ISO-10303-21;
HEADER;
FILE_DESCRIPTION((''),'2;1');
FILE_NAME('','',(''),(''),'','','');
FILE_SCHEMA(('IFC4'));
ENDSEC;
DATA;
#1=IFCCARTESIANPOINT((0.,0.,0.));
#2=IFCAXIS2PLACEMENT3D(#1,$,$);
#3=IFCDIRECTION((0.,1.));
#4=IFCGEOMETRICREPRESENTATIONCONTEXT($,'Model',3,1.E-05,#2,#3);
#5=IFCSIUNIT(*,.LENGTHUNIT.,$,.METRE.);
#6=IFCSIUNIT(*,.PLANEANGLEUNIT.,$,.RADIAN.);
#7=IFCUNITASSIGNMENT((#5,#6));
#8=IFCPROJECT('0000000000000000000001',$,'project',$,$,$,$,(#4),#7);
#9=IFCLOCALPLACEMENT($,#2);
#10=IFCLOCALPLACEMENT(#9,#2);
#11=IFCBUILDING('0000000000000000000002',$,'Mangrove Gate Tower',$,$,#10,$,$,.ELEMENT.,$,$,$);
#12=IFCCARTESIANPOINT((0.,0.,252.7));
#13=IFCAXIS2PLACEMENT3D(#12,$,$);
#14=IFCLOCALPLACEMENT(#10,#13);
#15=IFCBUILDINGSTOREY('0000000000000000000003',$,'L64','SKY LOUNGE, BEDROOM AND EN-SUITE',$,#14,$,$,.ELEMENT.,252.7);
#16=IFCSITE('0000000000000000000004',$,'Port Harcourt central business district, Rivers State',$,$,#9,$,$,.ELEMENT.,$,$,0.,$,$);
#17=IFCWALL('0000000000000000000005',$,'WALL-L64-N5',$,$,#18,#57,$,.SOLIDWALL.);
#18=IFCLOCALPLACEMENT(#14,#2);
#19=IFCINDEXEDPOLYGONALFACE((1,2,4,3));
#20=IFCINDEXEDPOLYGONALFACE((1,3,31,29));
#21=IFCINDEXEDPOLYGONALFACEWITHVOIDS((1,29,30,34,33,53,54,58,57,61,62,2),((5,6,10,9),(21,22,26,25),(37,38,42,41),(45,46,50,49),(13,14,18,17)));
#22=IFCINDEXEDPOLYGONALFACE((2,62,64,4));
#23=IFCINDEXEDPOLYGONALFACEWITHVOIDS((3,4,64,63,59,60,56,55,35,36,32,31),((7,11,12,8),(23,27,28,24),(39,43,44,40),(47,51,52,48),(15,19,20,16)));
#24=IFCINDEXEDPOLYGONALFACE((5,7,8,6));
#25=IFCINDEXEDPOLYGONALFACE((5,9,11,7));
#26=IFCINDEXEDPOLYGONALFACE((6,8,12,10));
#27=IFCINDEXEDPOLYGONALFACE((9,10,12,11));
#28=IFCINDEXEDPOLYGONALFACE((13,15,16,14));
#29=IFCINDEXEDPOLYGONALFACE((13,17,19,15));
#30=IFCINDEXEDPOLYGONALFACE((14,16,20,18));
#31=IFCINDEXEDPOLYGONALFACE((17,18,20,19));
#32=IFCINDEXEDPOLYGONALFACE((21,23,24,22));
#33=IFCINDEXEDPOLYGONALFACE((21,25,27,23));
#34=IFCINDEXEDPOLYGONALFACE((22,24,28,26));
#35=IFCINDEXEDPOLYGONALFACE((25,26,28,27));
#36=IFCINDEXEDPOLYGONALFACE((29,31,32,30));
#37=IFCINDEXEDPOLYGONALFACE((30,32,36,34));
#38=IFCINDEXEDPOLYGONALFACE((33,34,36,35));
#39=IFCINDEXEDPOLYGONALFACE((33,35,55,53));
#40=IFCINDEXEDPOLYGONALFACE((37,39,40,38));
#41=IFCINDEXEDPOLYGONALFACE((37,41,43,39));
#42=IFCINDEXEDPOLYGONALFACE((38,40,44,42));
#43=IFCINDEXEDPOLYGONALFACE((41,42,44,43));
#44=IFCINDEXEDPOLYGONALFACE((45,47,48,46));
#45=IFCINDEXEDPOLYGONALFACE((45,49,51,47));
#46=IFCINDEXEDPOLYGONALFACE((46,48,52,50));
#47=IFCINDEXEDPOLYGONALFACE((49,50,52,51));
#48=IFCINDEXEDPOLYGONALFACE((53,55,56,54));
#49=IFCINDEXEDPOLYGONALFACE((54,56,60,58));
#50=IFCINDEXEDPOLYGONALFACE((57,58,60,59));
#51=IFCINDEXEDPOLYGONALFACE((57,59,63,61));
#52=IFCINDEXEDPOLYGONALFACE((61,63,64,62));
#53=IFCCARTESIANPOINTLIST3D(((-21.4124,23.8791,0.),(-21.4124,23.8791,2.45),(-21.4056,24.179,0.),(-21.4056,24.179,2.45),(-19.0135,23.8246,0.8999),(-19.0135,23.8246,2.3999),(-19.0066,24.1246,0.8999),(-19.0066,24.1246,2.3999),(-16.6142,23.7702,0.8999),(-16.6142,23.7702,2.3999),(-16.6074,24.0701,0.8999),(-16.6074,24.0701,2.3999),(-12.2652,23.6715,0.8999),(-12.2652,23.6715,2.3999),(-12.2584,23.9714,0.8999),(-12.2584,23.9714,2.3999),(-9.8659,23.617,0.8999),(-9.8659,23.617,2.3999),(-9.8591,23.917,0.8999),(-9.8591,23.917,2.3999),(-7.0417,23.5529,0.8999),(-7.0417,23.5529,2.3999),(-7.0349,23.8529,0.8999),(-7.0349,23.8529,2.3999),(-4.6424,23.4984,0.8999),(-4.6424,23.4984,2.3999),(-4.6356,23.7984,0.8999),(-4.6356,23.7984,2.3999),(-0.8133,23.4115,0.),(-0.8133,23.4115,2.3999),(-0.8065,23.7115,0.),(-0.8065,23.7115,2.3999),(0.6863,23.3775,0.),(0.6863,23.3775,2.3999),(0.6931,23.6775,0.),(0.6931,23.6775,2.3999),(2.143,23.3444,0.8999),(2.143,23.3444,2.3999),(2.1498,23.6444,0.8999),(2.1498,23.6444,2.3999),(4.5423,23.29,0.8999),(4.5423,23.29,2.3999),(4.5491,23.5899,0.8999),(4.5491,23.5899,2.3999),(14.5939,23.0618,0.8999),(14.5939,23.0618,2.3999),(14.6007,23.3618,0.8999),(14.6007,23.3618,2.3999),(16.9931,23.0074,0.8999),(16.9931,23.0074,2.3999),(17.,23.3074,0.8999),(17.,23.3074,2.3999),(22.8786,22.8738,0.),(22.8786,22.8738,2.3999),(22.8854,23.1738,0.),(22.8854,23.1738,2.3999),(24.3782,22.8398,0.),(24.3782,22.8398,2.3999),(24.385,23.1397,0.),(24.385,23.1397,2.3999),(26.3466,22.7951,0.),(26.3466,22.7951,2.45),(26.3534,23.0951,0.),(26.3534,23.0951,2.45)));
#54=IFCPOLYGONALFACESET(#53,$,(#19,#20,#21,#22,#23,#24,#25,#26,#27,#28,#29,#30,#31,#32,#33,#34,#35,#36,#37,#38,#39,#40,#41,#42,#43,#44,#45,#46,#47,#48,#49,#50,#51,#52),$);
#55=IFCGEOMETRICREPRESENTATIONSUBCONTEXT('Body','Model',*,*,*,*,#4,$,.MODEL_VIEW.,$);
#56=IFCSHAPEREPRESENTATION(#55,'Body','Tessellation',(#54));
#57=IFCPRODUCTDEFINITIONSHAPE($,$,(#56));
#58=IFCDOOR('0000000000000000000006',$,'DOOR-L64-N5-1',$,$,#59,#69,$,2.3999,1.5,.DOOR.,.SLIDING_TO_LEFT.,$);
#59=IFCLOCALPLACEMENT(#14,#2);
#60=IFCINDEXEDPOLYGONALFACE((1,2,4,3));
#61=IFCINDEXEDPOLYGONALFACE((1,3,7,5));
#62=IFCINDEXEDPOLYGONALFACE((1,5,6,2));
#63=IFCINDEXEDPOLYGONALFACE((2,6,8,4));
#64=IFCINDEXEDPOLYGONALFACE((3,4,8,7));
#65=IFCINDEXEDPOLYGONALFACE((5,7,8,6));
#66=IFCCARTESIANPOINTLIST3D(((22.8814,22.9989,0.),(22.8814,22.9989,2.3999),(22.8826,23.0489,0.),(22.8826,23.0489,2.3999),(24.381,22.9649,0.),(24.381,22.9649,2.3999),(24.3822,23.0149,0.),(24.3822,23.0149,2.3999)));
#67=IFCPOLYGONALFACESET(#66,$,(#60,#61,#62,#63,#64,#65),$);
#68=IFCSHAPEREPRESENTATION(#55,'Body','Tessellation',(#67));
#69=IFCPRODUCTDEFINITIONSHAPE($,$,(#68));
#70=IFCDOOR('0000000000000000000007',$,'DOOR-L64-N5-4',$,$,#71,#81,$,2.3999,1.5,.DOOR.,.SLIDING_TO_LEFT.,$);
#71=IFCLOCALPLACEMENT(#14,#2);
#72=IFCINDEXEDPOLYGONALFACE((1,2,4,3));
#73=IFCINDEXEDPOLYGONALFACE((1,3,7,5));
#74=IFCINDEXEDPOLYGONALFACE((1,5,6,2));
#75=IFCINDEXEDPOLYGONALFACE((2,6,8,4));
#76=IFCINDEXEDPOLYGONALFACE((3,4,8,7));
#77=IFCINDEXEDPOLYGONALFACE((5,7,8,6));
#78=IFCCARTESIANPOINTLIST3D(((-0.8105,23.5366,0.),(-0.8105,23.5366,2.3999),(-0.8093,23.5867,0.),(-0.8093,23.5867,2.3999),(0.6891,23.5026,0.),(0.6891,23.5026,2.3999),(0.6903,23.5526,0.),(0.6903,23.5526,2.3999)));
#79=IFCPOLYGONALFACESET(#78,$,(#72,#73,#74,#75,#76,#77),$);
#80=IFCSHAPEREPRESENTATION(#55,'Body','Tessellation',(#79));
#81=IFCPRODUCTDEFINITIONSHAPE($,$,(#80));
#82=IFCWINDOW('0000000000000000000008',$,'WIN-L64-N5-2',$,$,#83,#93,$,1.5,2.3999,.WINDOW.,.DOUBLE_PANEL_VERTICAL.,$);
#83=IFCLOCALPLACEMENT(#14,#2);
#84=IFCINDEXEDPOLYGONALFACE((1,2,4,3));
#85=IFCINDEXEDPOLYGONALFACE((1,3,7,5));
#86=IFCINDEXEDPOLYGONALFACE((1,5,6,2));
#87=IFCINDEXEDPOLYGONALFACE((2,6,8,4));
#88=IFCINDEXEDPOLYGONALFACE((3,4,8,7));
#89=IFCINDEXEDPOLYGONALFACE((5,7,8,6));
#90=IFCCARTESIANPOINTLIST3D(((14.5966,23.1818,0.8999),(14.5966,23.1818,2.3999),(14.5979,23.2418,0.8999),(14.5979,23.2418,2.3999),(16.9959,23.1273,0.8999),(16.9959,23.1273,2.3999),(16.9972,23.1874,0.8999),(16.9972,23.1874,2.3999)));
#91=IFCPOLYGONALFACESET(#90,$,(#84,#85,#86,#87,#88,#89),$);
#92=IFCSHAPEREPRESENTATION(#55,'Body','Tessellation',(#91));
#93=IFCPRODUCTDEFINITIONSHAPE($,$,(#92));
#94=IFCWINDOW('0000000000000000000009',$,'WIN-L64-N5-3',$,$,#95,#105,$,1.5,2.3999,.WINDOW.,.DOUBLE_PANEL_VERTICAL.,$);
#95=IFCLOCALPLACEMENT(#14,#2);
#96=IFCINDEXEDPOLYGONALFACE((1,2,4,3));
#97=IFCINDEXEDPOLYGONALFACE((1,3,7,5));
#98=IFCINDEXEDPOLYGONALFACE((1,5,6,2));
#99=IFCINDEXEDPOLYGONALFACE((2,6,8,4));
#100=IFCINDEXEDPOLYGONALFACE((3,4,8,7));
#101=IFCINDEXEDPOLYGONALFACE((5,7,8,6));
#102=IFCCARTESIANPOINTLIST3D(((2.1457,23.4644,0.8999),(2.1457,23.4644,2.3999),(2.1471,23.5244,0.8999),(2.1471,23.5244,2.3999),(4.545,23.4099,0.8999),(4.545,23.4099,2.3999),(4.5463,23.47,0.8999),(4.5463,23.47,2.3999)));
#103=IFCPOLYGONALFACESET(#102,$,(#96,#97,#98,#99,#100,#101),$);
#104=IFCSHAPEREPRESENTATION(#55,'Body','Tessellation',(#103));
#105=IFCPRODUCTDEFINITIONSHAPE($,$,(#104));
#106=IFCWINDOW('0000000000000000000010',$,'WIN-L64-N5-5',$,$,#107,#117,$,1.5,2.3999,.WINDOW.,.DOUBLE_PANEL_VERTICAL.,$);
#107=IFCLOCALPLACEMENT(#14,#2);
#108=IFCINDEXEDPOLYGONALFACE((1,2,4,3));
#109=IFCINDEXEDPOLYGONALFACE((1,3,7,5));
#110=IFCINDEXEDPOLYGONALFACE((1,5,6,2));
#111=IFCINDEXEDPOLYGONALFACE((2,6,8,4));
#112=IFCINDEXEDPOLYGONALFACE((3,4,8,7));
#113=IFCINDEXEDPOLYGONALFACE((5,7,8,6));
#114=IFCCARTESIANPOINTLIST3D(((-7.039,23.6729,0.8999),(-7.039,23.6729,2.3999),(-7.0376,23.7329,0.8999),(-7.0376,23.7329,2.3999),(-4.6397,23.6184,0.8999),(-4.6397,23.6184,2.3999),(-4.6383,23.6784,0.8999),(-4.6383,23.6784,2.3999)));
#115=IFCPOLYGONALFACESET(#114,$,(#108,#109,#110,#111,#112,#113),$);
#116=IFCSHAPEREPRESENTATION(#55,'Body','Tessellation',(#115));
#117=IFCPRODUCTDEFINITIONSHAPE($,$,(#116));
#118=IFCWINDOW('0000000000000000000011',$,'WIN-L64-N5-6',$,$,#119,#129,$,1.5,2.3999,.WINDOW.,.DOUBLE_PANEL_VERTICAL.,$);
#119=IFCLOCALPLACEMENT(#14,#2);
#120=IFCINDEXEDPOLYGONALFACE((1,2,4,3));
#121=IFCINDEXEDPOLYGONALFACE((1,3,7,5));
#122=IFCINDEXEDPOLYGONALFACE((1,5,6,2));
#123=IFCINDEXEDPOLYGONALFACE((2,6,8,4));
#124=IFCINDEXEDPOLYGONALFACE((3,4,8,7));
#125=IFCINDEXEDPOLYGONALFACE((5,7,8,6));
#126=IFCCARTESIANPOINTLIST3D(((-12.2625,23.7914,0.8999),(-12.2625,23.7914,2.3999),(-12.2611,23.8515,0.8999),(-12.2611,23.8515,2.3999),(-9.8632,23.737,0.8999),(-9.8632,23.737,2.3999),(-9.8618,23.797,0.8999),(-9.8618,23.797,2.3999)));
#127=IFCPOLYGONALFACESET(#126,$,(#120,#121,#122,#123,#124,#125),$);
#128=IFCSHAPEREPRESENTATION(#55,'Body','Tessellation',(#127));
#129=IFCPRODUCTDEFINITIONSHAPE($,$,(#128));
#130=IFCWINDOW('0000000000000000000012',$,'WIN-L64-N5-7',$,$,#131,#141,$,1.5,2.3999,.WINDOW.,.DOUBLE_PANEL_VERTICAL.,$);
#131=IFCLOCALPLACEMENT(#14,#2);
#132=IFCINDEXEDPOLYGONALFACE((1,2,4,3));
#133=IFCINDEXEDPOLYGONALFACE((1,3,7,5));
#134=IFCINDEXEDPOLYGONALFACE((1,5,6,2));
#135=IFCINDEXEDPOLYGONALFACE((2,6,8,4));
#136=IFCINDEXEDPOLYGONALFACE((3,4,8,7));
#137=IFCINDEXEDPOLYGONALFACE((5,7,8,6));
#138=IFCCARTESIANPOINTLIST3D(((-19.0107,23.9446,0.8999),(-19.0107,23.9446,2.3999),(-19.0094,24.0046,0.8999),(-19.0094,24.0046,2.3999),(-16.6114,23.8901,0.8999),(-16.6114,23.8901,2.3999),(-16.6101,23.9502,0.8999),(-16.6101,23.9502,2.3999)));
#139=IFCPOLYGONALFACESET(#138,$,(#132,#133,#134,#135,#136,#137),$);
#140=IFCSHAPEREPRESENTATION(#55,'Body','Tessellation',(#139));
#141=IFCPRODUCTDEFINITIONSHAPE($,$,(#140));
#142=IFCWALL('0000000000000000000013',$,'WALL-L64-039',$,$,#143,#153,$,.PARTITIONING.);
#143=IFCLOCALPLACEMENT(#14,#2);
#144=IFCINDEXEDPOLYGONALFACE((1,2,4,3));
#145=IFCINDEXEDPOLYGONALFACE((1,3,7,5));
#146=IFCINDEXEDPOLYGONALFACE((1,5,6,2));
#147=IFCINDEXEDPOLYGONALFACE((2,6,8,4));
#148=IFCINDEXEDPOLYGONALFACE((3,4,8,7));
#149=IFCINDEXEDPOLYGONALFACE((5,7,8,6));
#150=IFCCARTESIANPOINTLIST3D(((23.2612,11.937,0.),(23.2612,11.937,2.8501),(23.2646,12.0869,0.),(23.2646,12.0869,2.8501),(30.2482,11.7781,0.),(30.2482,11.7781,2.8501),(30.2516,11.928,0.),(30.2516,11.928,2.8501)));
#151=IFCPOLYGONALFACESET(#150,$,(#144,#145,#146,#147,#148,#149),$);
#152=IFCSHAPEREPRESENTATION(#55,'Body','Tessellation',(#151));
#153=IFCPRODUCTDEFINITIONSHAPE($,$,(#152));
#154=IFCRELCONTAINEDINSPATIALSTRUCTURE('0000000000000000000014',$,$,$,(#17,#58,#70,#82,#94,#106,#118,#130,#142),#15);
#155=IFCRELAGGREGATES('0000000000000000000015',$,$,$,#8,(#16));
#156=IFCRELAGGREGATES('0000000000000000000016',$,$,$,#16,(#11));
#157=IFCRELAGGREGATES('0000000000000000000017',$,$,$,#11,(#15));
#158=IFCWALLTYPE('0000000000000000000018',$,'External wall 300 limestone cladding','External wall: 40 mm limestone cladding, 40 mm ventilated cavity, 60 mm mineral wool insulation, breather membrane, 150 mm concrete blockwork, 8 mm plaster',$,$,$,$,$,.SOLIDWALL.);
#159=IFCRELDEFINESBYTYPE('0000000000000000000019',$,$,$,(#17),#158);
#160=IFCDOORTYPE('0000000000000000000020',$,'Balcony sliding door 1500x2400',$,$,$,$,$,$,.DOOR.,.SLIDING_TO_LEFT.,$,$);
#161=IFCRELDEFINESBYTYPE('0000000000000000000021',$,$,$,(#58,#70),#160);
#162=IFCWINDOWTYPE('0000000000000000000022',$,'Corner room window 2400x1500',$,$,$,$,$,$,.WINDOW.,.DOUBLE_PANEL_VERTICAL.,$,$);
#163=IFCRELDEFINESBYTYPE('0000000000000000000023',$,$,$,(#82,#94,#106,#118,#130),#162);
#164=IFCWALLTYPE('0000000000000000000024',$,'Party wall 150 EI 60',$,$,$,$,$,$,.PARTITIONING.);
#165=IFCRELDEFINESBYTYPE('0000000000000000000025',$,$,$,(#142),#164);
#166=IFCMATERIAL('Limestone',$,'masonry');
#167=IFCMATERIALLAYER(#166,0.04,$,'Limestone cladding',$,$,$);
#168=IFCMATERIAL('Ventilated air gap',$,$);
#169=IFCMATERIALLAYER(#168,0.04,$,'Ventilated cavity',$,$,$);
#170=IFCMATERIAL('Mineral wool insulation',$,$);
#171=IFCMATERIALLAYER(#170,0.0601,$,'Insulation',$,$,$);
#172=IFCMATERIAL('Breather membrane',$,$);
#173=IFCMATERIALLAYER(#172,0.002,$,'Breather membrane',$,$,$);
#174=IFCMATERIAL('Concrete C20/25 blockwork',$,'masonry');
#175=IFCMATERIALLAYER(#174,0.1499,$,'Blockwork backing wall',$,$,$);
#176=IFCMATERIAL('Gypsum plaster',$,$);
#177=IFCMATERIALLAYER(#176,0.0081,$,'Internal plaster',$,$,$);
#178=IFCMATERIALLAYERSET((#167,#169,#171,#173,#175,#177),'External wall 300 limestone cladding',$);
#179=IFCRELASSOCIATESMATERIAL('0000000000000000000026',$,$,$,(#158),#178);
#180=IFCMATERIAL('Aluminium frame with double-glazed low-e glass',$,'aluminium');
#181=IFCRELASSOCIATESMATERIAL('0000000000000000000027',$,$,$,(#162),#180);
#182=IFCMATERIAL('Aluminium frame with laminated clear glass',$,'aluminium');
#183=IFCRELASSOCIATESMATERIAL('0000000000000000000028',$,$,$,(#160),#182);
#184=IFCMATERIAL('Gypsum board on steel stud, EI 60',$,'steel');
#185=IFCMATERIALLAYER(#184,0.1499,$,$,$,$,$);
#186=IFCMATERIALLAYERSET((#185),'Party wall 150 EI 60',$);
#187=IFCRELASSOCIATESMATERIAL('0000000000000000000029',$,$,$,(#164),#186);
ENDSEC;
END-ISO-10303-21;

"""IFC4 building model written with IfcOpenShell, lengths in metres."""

from ifc_helpers import new_model, si_unit, direction, frame, frame_2d, origin, place, context, subcontext, project, spatial, rectangle, extrude, material, layer, layer_set, type_object, element, fill, save


model = new_model("IFC4")

# Units and contexts
model_context = context("Model", 3, precision=1e-05, world=origin(), true_north=direction((0.0, 1.0)))
body_context = subcontext(model_context, "Body", "Model", "MODEL_VIEW")
ifc_project = project(units=[si_unit("LENGTHUNIT", "METRE"), si_unit("PLANEANGLEUNIT", "RADIAN")], contexts=[model_context])

# Site, building, storey
site_placement = place(None, origin())
site = spatial("IfcSite", under=ifc_project, at=site_placement, Name="Port Harcourt central business district, Rivers State", CompositionType="ELEMENT", RefElevation=0.0)
building_placement = place(site_placement, origin())
building = spatial("IfcBuilding", under=site, at=building_placement, Name="Mangrove Gate Tower", CompositionType="ELEMENT")
storey_placement = place(building_placement, frame((0.0, 0.0, 252.7)))
storey = spatial("IfcBuildingStorey", under=building, at=storey_placement, Name="L64", Description="SKY LOUNGE, BEDROOM AND EN-SUITE", CompositionType="ELEMENT", Elevation=252.7)

# Shared definitions
ifc_material_1 = material(Name="Limestone", Category="masonry")
ifc_layer_1 = layer(ifc_material_1, 0.04, Name="Limestone cladding")
ifc_material_2 = material(Name="Ventilated air gap")
ifc_layer_2 = layer(ifc_material_2, 0.04, Name="Ventilated cavity")
ifc_material_3 = material(Name="Mineral wool insulation")
ifc_layer_3 = layer(ifc_material_3, 0.0601, Name="Insulation")
ifc_material_4 = material(Name="Breather membrane")
ifc_layer_4 = layer(ifc_material_4, 0.002, Name="Breather membrane")
ifc_material_5 = material(Name="Concrete C20/25 blockwork", Category="masonry")
ifc_layer_5 = layer(ifc_material_5, 0.1499, Name="Blockwork backing wall")
ifc_material_6 = material(Name="Gypsum plaster")
ifc_layer_6 = layer(ifc_material_6, 0.0081, Name="Internal plaster")
ifc_layer_set_1 = layer_set([ifc_layer_1, ifc_layer_2, ifc_layer_3, ifc_layer_4, ifc_layer_5, ifc_layer_6], Name="External wall 300 limestone cladding")
wall_type_1 = type_object("IfcWallType", Name="External wall 300 limestone cladding", Description="External wall: 40 mm limestone cladding, 40 mm ventilated cavity, 60 mm mineral wool insulation, breather membrane, 150 mm concrete blockwork, 8 mm plaster", PredefinedType="SOLIDWALL", material=ifc_layer_set_1)
ifc_material_7 = material(Name="Aluminium frame with double-glazed low-e glass", Category="aluminium")
window_type = type_object("IfcWindowType", Name="Corner room window 2400x1500", PartitioningType="DOUBLE_PANEL_VERTICAL", PredefinedType="WINDOW", material=ifc_material_7)

# Wall, openings, doors, windows
wall_1_placement = place(storey_placement, frame((26.3501, 22.9451, 0.0), z_axis=(0.0, 0.0, 1.0), x_axis=(-0.999743, 0.022691, 0.0)))
wall_1 = element("IfcWall", 1, at=wall_1_placement, inside=storey, type_object=wall_type_1, Name="WALL-L64-N5", PredefinedType="SOLIDWALL", context=body_context, shape_type="SweptSolid", body=[
    extrude(rectangle(XDim=47.7712, YDim=0.3, at=frame_2d((23.8857, 0.0))), origin(), (0.0, 0.0, 1.0), 2.45),
])
opening_1_placement = place(wall_1_placement, frame((1.969, 0.0, 0.0)))
opening_1 = element("IfcOpeningElement", 2, at=opening_1_placement, cuts=wall_1, PredefinedType="OPENING", context=body_context, shape_type="SweptSolid", body=[
    extrude(rectangle(XDim=1.5, YDim=2.3999, at=frame_2d((0.75, 1.2))), frame((0.0, 0.1599, 0.0), z_axis=(0.0, -1.0, 0.0), x_axis=(1.0, 0.0, 0.0)), (0.0, 0.0, 1.0), 0.3201),
])
opening_2_placement = place(wall_1_placement, frame((9.356, 0.0, 0.8999)))
opening_2 = element("IfcOpeningElement", 3, at=opening_2_placement, cuts=wall_1, PredefinedType="OPENING", context=body_context, shape_type="SweptSolid", body=[
    extrude(rectangle(XDim=2.3999, YDim=1.5, at=frame_2d((1.2, 0.75))), frame((0.0, 0.1599, 0.0), z_axis=(0.0, -1.0, 0.0), x_axis=(1.0, 0.0, 0.0)), (0.0, 0.0, 1.0), 0.3201),
])
opening_3_placement = place(wall_1_placement, frame((21.8101, 0.0, 0.8999)))
opening_3 = element("IfcOpeningElement", 4, at=opening_3_placement, cuts=wall_1, PredefinedType="OPENING", context=body_context, shape_type="SweptSolid", body=[
    extrude(rectangle(XDim=2.3999, YDim=1.5, at=frame_2d((1.2, 0.75))), frame((0.0, 0.1599, 0.0), z_axis=(0.0, -1.0, 0.0), x_axis=(1.0, 0.0, 0.0)), (0.0, 0.0, 1.0), 0.3201),
])
opening_4_placement = place(wall_1_placement, frame((25.667, 0.0, 0.0)))
opening_4 = element("IfcOpeningElement", 5, at=opening_4_placement, cuts=wall_1, PredefinedType="OPENING", context=body_context, shape_type="SweptSolid", body=[
    extrude(rectangle(XDim=1.5, YDim=2.3999, at=frame_2d((0.75, 1.2))), frame((0.0, 0.1599, 0.0), z_axis=(0.0, -1.0, 0.0), x_axis=(1.0, 0.0, 0.0)), (0.0, 0.0, 1.0), 0.3201),
])
opening_5_placement = place(wall_1_placement, frame((30.9971, 0.0, 0.8999)))
opening_5 = element("IfcOpeningElement", 6, at=opening_5_placement, cuts=wall_1, PredefinedType="OPENING", context=body_context, shape_type="SweptSolid", body=[
    extrude(rectangle(XDim=2.3999, YDim=1.5, at=frame_2d((1.2, 0.75))), frame((0.0, 0.1599, 0.0), z_axis=(0.0, -1.0, 0.0), x_axis=(1.0, 0.0, 0.0)), (0.0, 0.0, 1.0), 0.3201),
])
opening_6_placement = place(wall_1_placement, frame((36.2219, 0.0, 0.8999)))
opening_6 = element("IfcOpeningElement", 7, at=opening_6_placement, cuts=wall_1, PredefinedType="OPENING", context=body_context, shape_type="SweptSolid", body=[
    extrude(rectangle(XDim=2.3999, YDim=1.5, at=frame_2d((1.2, 0.75))), frame((0.0, 0.1599, 0.0), z_axis=(0.0, -1.0, 0.0), x_axis=(1.0, 0.0, 0.0)), (0.0, 0.0, 1.0), 0.3201),
])
opening_7_placement = place(wall_1_placement, frame((42.9719, 0.0, 0.8999)))
opening_7 = element("IfcOpeningElement", 8, at=opening_7_placement, cuts=wall_1, PredefinedType="OPENING", context=body_context, shape_type="SweptSolid", body=[
    extrude(rectangle(XDim=2.3999, YDim=1.5, at=frame_2d((1.2, 0.75))), frame((0.0, 0.1599, 0.0), z_axis=(0.0, -1.0, 0.0), x_axis=(1.0, 0.0, 0.0)), (0.0, 0.0, 1.0), 0.3201),
])
ifc_material_8 = material(Name="Aluminium frame with laminated clear glass", Category="aluminium")
door_type = type_object("IfcDoorType", Name="Balcony sliding door 1500x2400", OperationType="SLIDING_TO_LEFT", PredefinedType="DOOR", material=ifc_material_8)
door_1_placement = place(opening_1_placement, origin())
door_1 = element("IfcDoor", 9, at=door_1_placement, inside=storey, type_object=door_type, Name="DOOR-L64-N5-1", OperationType="SLIDING_TO_LEFT", OverallHeight=2.3999, OverallWidth=1.5, PredefinedType="DOOR", context=body_context, shape_type="SweptSolid", body=[
    extrude(rectangle(XDim=1.5, YDim=2.3999, at=frame_2d((0.75, 1.2))), frame((0.0, 0.0249, 0.0), z_axis=(0.0, -1.0, 0.0), x_axis=(1.0, 0.0, 0.0)), (0.0, 0.0, 1.0), 0.05),
])
fill(opening_1, door_1)
door_2_placement = place(opening_4_placement, origin())
door_2 = element("IfcDoor", 10, at=door_2_placement, inside=storey, type_object=door_type, Name="DOOR-L64-N5-4", OperationType="SLIDING_TO_LEFT", OverallHeight=2.3999, OverallWidth=1.5, PredefinedType="DOOR", context=body_context, shape_type="SweptSolid", body=[
    extrude(rectangle(XDim=1.5, YDim=2.3999, at=frame_2d((0.75, 1.2))), frame((0.0, 0.0249, 0.0), z_axis=(0.0, -1.0, 0.0), x_axis=(1.0, 0.0, 0.0)), (0.0, 0.0, 1.0), 0.05),
])
fill(opening_4, door_2)
window_1_placement = place(opening_2_placement, origin())
window_1 = element("IfcWindow", 11, at=window_1_placement, inside=storey, type_object=window_type, Name="WIN-L64-N5-2", OverallHeight=1.5, OverallWidth=2.3999, PartitioningType="DOUBLE_PANEL_VERTICAL", PredefinedType="WINDOW", context=body_context, shape_type="SweptSolid", body=[
    extrude(rectangle(XDim=2.3999, YDim=1.5, at=frame_2d((1.2, 0.75))), frame((0.0, 0.03, 0.0), z_axis=(0.0, -1.0, 0.0), x_axis=(1.0, 0.0, 0.0)), (0.0, 0.0, 1.0), 0.0601),
])
fill(opening_2, window_1)
window_2_placement = place(opening_3_placement, origin())
window_2 = element("IfcWindow", 12, at=window_2_placement, inside=storey, type_object=window_type, Name="WIN-L64-N5-3", OverallHeight=1.5, OverallWidth=2.3999, PartitioningType="DOUBLE_PANEL_VERTICAL", PredefinedType="WINDOW", context=body_context, shape_type="SweptSolid", body=[
    extrude(rectangle(XDim=2.3999, YDim=1.5, at=frame_2d((1.2, 0.75))), frame((0.0, 0.03, 0.0), z_axis=(0.0, -1.0, 0.0), x_axis=(1.0, 0.0, 0.0)), (0.0, 0.0, 1.0), 0.0601),
])
fill(opening_3, window_2)
window_3_placement = place(opening_5_placement, origin())
window_3 = element("IfcWindow", 13, at=window_3_placement, inside=storey, type_object=window_type, Name="WIN-L64-N5-5", OverallHeight=1.5, OverallWidth=2.3999, PartitioningType="DOUBLE_PANEL_VERTICAL", PredefinedType="WINDOW", context=body_context, shape_type="SweptSolid", body=[
    extrude(rectangle(XDim=2.3999, YDim=1.5, at=frame_2d((1.2, 0.75))), frame((0.0, 0.03, 0.0), z_axis=(0.0, -1.0, 0.0), x_axis=(1.0, 0.0, 0.0)), (0.0, 0.0, 1.0), 0.0601),
])
fill(opening_5, window_3)
window_4_placement = place(opening_6_placement, origin())
window_4 = element("IfcWindow", 14, at=window_4_placement, inside=storey, type_object=window_type, Name="WIN-L64-N5-6", OverallHeight=1.5, OverallWidth=2.3999, PartitioningType="DOUBLE_PANEL_VERTICAL", PredefinedType="WINDOW", context=body_context, shape_type="SweptSolid", body=[
    extrude(rectangle(XDim=2.3999, YDim=1.5, at=frame_2d((1.2, 0.75))), frame((0.0, 0.03, 0.0), z_axis=(0.0, -1.0, 0.0), x_axis=(1.0, 0.0, 0.0)), (0.0, 0.0, 1.0), 0.0601),
])
fill(opening_6, window_4)
window_5_placement = place(opening_7_placement, origin())
window_5 = element("IfcWindow", 15, at=window_5_placement, inside=storey, type_object=window_type, Name="WIN-L64-N5-7", OverallHeight=1.5, OverallWidth=2.3999, PartitioningType="DOUBLE_PANEL_VERTICAL", PredefinedType="WINDOW", context=body_context, shape_type="SweptSolid", body=[
    extrude(rectangle(XDim=2.3999, YDim=1.5, at=frame_2d((1.2, 0.75))), frame((0.0, 0.03, 0.0), z_axis=(0.0, -1.0, 0.0), x_axis=(1.0, 0.0, 0.0)), (0.0, 0.0, 1.0), 0.0601),
])
fill(opening_7, window_5)

# Wall
ifc_material_9 = material(Name="Gypsum board on steel stud, EI 60", Category="steel")
ifc_layer_7 = layer(ifc_material_9, 0.1499)
ifc_layer_set_2 = layer_set([ifc_layer_7], Name="Party wall 150 EI 60")
wall_type_2 = type_object("IfcWallType", Name="Party wall 150 EI 60", PredefinedType="PARTITIONING", material=ifc_layer_set_2)
wall_2_placement = place(storey_placement, frame((23.2629, 12.012, 0.0), z_axis=(0.0, 0.0, 1.0), x_axis=(0.999741, -0.022741, 0.0)))
element("IfcWall", 16, at=wall_2_placement, inside=storey, type_object=wall_type_2, Name="WALL-L64-039", PredefinedType="PARTITIONING", context=body_context, shape_type="SweptSolid", body=[
    extrude(rectangle(XDim=6.9888, YDim=0.1499, at=frame_2d((3.4944, 0.0))), origin(), (0.0, 0.0, 1.0), 2.8501),
])

save(model, "model.ifc")
